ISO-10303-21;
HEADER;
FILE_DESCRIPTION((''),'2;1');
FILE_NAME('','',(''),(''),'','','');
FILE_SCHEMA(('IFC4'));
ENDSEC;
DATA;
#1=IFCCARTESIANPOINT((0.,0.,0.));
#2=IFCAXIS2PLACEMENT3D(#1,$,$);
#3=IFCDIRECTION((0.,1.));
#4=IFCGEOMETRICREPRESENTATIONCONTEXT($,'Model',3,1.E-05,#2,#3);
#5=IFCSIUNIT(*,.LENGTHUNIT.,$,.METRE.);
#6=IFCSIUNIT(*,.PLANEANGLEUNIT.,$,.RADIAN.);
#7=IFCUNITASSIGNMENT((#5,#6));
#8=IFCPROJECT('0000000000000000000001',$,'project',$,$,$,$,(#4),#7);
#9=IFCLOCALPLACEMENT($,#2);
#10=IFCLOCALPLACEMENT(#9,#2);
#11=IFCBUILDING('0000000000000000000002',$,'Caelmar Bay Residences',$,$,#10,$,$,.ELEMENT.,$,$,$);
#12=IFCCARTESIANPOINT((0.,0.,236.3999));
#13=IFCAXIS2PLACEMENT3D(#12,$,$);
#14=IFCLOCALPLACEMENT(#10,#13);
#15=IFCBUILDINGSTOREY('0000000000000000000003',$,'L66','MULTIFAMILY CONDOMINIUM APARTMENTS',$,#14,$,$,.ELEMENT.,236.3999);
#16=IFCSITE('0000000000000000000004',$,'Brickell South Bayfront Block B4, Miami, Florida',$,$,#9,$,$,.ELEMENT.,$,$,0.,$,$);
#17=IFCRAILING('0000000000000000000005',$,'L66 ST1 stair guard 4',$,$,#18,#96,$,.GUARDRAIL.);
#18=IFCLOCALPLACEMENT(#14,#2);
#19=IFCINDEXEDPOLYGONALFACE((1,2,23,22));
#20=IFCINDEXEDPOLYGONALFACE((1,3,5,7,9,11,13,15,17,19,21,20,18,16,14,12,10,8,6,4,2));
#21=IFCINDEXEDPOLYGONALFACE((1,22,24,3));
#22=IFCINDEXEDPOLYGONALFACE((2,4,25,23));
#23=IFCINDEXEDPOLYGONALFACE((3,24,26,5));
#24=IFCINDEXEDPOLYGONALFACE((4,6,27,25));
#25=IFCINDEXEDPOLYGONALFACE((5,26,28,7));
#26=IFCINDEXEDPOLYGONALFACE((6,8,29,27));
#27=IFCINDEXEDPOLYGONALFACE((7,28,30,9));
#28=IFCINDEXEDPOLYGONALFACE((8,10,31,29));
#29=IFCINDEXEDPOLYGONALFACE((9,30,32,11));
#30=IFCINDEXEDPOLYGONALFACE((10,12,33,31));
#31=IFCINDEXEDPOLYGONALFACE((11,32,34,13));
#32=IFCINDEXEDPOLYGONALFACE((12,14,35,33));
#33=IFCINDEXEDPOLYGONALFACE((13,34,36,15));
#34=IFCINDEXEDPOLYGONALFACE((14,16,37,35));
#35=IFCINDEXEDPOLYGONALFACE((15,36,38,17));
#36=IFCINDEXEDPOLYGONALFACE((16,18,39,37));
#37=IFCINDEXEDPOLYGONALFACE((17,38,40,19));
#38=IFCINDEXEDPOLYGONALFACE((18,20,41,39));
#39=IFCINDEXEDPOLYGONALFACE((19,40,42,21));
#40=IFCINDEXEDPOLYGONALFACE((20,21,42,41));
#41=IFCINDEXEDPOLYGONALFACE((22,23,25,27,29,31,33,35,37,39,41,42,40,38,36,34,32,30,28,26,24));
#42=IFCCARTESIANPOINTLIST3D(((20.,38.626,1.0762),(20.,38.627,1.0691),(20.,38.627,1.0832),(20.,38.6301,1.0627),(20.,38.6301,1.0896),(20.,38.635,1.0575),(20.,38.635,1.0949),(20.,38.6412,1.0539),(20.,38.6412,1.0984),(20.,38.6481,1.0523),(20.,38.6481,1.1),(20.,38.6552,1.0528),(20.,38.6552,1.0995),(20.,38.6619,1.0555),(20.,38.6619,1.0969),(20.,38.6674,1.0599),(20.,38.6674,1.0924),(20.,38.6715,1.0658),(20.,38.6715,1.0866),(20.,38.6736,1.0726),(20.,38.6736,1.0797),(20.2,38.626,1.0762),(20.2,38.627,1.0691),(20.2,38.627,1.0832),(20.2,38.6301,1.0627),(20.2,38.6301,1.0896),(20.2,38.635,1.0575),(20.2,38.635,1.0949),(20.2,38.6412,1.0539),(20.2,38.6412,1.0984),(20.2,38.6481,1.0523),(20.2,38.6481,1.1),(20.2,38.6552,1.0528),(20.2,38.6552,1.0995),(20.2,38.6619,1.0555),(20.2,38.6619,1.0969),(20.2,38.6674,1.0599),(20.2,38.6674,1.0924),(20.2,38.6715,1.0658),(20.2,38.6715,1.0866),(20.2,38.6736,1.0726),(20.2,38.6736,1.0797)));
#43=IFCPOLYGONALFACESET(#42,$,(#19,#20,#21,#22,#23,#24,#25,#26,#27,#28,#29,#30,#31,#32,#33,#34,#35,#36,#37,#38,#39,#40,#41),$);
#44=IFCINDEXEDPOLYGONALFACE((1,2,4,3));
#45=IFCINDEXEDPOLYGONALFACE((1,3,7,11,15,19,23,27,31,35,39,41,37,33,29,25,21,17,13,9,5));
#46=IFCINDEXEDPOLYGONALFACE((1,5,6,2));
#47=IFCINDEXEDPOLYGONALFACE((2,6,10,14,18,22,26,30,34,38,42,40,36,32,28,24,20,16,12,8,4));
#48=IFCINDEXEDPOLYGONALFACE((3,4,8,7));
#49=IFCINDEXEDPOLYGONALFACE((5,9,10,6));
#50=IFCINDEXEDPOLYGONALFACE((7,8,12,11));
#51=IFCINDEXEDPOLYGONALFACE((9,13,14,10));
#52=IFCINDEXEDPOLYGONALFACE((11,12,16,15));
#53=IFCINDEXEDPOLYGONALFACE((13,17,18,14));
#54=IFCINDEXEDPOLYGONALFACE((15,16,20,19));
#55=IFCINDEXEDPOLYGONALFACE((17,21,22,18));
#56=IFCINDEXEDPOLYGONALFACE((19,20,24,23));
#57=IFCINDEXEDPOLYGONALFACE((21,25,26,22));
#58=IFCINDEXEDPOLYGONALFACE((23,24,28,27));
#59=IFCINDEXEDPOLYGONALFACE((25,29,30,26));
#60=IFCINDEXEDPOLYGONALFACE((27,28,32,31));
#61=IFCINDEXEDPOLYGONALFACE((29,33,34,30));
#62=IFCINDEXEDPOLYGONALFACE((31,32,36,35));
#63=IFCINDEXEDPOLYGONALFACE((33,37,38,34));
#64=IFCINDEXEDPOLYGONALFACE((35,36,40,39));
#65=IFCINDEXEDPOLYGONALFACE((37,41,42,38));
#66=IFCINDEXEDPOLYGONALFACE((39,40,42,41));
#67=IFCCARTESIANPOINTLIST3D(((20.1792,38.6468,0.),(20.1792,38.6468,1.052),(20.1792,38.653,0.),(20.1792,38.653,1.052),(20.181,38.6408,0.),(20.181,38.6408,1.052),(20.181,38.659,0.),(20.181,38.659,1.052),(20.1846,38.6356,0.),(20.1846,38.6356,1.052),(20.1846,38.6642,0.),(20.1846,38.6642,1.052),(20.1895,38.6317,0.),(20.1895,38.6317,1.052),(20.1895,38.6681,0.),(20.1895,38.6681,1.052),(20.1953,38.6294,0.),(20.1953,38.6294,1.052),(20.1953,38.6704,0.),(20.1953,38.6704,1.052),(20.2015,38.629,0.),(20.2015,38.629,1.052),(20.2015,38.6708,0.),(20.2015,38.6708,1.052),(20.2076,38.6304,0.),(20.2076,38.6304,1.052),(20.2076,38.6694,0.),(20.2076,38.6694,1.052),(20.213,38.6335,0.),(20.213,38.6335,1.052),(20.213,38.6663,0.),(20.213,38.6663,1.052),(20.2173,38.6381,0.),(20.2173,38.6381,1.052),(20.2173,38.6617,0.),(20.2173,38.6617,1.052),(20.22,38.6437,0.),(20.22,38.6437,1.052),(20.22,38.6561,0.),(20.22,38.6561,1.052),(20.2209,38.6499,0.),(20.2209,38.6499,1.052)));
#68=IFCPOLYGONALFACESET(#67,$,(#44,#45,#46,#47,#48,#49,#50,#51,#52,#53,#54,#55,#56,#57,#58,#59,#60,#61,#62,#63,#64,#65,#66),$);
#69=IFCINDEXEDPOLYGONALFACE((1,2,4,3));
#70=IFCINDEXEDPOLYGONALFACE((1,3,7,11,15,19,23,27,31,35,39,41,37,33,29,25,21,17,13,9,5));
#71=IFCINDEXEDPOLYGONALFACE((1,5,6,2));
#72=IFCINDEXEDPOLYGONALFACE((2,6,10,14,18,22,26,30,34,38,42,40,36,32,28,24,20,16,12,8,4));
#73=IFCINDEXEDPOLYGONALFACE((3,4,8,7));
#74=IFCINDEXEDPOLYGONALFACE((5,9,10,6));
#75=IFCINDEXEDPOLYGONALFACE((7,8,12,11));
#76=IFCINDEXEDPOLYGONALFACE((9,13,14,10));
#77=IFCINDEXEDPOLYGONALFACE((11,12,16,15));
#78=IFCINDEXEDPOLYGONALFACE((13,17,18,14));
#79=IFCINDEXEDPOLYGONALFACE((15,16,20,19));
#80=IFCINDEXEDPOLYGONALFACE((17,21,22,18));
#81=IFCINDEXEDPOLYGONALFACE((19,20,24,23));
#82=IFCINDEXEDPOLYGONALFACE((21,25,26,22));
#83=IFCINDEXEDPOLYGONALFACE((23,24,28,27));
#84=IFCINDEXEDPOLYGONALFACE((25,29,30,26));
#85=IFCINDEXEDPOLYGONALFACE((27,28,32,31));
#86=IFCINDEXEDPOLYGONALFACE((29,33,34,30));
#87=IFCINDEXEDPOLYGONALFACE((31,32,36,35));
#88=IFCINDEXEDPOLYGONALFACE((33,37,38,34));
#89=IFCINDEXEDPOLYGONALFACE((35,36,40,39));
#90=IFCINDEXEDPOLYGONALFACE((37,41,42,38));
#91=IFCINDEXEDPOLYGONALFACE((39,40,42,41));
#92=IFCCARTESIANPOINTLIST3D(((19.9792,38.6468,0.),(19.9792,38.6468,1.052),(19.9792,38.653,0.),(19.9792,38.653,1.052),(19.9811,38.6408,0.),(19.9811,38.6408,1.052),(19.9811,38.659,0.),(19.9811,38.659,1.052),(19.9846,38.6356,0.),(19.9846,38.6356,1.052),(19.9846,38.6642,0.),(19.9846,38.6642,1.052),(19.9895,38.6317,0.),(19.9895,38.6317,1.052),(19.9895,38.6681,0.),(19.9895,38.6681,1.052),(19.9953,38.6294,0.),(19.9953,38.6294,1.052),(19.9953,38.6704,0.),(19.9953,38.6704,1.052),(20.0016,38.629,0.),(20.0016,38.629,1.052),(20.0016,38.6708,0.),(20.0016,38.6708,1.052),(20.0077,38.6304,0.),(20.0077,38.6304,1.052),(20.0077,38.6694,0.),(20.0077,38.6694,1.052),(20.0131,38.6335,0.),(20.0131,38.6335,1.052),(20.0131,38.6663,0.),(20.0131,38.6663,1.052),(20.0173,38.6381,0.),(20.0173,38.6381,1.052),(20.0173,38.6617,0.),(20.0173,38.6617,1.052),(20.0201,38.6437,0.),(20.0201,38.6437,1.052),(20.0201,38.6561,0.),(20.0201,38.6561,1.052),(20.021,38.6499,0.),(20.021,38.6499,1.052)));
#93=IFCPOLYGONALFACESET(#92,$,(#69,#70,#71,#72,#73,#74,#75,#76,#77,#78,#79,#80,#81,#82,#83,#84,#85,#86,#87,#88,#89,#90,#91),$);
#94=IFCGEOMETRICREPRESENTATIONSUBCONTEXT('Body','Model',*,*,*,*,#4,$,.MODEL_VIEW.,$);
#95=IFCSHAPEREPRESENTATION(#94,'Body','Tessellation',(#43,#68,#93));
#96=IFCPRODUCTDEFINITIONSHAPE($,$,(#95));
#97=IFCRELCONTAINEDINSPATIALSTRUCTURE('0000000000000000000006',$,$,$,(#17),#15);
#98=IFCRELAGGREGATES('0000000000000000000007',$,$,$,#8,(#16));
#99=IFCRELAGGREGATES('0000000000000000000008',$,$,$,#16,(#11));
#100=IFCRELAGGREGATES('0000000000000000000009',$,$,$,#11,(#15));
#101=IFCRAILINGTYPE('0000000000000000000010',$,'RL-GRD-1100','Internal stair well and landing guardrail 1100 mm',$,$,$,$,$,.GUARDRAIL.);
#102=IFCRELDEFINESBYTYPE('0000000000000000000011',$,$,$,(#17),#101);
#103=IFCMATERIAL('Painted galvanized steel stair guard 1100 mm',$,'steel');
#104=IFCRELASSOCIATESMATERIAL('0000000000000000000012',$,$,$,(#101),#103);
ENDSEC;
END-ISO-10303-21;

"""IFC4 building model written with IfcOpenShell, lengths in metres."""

from ifc_helpers import new_model, si_unit, direction, frame, origin, origin_2d, place, context, subcontext, project, spatial, circle, extrude, material, type_object, element, save


model = new_model("IFC4")

# Units and contexts
model_context = context("Model", 3, precision=1e-05, world=origin(), true_north=direction((0.0, 1.0)))
body_context = subcontext(model_context, "Body", "Model", "MODEL_VIEW")
ifc_project = project(units=[si_unit("LENGTHUNIT", "METRE"), si_unit("PLANEANGLEUNIT", "RADIAN")], contexts=[model_context])

# Site, building, storey
site_placement = place(None, origin())
site = spatial("IfcSite", under=ifc_project, at=site_placement, Name="Brickell South Bayfront Block B4, Miami, Florida", CompositionType="ELEMENT", RefElevation=0.0)
building_placement = place(site_placement, origin())
building = spatial("IfcBuilding", under=site, at=building_placement, Name="Caelmar Bay Residences", CompositionType="ELEMENT")
storey_placement = place(building_placement, frame((0.0, 0.0, 236.3999)))
storey = spatial("IfcBuildingStorey", under=building, at=storey_placement, Name="L66", Description="MULTIFAMILY CONDOMINIUM APARTMENTS", CompositionType="ELEMENT", Elevation=236.3999)

# Railing
ifc_material_1 = material(Name="Painted galvanized steel stair guard 1100 mm", Category="steel")
railing_type_1 = type_object("IfcRailingType", Name="RL-GRD-1100", Description="Internal stair well and landing guardrail 1100 mm", PredefinedType="GUARDRAIL", material=ifc_material_1)
railing_1_placement = place(storey_placement, frame((20.2, 38.6499, 0.0)))
element("IfcRailing", 1, at=railing_1_placement, inside=storey, type_object=railing_type_1, Name="L66 ST1 stair guard 4", PredefinedType="GUARDRAIL", context=body_context, shape_type="SweptSolid", body=[
    extrude(circle(Radius=0.0239, at=origin_2d()), frame((0.0, 0.0, 1.0762), z_axis=(-1.0, 0.0, 0.0), x_axis=(0.0, -1.0, 0.0)), (0.0, 0.0, 1.0), 0.2),
    extrude(circle(Radius=0.021, at=origin_2d()), origin(), (0.0, 0.0, 1.0), 1.052),
    extrude(circle(Radius=0.021, at=origin_2d()), frame((-0.2, 0.0, 0.0)), (0.0, 0.0, 1.0), 1.052),
])

save(model, "model.ifc")
